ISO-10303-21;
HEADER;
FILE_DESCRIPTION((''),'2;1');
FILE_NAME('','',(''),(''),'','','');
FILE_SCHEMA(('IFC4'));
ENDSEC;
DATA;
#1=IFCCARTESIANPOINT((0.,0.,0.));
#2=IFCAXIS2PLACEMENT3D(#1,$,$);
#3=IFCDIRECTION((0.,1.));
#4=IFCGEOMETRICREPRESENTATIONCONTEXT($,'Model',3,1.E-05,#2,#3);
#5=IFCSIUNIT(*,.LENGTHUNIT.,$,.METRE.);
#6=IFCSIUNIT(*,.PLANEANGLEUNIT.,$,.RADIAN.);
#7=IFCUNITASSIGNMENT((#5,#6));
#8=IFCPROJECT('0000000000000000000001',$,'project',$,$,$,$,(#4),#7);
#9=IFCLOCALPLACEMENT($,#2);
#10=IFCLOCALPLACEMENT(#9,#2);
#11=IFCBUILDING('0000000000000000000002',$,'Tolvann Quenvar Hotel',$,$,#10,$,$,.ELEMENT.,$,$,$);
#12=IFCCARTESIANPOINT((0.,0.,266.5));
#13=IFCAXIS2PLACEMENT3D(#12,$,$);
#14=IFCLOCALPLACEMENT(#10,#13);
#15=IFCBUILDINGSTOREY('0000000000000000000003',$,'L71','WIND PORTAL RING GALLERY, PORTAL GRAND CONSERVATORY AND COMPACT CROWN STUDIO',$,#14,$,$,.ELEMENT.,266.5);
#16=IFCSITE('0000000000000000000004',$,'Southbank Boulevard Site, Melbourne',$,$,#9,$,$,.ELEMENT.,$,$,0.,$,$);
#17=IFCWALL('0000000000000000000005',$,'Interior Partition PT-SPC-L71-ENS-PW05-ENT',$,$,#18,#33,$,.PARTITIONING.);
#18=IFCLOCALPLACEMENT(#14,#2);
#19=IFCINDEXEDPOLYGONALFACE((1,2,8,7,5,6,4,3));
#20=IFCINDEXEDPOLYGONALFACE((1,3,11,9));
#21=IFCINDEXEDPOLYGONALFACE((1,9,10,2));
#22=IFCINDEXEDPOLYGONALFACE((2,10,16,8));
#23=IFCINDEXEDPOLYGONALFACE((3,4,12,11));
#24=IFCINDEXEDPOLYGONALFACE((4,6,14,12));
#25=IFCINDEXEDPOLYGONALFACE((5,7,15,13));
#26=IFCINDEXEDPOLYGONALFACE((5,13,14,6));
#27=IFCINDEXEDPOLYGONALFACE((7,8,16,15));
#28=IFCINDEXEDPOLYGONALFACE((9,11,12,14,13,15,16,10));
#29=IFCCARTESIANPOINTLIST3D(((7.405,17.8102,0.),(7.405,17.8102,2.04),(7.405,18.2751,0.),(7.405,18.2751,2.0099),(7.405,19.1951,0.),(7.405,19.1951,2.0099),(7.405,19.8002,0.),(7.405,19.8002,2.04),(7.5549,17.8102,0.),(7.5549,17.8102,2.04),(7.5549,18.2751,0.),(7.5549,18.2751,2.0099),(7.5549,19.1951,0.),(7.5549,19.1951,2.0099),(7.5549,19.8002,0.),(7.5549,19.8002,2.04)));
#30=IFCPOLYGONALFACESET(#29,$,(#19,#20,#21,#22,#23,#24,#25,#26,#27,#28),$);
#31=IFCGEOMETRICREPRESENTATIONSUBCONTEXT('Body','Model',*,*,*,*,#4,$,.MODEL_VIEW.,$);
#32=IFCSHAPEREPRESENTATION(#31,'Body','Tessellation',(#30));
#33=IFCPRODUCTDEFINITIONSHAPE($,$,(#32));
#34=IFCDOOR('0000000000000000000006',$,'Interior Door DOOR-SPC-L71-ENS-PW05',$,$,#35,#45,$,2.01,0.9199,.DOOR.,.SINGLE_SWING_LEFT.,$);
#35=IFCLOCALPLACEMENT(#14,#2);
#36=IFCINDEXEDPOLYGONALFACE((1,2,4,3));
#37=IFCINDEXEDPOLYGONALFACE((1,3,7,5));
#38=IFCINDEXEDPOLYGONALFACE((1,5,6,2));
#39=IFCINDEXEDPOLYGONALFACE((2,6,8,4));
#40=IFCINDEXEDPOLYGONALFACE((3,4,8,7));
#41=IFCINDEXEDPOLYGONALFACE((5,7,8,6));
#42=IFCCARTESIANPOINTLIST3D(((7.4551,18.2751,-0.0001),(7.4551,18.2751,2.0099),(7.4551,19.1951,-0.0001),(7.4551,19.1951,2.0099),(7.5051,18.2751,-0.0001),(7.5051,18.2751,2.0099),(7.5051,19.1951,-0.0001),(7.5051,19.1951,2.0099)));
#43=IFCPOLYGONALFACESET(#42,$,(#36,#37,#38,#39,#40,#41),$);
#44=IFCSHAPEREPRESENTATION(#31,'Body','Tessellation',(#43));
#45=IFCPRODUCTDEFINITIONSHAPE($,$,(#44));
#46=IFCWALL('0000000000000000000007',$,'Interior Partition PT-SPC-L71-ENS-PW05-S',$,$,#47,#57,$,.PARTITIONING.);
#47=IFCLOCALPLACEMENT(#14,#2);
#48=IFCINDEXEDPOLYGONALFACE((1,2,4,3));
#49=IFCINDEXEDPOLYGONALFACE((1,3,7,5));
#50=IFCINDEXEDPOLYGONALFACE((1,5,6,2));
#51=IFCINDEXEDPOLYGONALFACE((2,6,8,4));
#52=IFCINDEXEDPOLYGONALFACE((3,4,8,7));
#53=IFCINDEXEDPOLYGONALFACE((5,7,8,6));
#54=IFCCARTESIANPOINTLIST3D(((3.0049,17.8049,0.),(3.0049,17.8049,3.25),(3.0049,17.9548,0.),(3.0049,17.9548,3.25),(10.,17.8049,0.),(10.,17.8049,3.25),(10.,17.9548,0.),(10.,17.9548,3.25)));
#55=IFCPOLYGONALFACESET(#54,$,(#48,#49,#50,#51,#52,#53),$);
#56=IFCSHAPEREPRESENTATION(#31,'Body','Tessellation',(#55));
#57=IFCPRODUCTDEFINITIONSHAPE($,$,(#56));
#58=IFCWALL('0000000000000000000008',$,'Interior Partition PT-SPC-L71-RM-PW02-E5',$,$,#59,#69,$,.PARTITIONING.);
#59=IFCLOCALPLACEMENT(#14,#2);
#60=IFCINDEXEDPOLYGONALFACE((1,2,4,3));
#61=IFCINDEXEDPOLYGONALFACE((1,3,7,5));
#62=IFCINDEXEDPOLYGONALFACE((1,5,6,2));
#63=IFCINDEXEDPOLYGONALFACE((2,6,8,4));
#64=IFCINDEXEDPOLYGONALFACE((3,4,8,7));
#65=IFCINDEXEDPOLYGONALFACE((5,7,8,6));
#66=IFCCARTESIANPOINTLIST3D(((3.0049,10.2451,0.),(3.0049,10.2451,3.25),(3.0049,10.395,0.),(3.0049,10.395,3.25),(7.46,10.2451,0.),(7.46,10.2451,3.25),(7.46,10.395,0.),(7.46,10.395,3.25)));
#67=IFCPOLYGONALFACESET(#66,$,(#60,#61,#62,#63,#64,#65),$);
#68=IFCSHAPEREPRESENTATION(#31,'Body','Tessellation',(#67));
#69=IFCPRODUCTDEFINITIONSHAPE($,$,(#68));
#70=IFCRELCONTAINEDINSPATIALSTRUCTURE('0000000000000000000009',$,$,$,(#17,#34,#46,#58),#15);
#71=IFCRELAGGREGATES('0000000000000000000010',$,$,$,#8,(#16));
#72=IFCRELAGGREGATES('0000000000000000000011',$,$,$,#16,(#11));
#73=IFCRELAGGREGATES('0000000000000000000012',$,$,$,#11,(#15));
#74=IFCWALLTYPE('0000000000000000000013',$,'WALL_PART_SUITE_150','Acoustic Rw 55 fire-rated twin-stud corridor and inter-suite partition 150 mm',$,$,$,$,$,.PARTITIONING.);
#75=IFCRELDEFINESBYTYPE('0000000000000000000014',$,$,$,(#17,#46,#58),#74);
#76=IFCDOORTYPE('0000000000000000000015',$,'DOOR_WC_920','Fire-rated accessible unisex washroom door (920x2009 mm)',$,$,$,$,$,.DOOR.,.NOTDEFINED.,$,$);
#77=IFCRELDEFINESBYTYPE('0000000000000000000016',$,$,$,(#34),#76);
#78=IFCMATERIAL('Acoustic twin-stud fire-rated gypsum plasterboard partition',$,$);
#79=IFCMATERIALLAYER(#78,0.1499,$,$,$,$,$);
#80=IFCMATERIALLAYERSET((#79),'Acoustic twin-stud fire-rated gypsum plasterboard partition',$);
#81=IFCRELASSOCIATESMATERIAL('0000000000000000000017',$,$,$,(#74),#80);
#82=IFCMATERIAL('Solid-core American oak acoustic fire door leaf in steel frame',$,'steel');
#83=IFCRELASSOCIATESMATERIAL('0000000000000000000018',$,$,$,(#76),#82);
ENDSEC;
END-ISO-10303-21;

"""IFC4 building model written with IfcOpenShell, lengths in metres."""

from ifc_helpers import new_model, si_unit, direction, frame, frame_2d, origin, place, context, subcontext, project, spatial, rectangle, extrude, source, transform, mapped, material, layer, layer_set, type_object, type_shapes, element, fill, save


model = new_model("IFC4")

# Units and contexts
model_context = context("Model", 3, precision=1e-05, world=origin(), true_north=direction((0.0, 1.0)))
body_context = subcontext(model_context, "Body", "Model", "MODEL_VIEW")
ifc_project = project(units=[si_unit("LENGTHUNIT", "METRE"), si_unit("PLANEANGLEUNIT", "RADIAN")], contexts=[model_context])

# Site, building, storey
site_placement = place(None, origin())
site = spatial("IfcSite", under=ifc_project, at=site_placement, Name="Southbank Boulevard Site, Melbourne", CompositionType="ELEMENT", RefElevation=0.0)
building_placement = place(site_placement, origin())
building = spatial("IfcBuilding", under=site, at=building_placement, Name="Tolvann Quenvar Hotel", CompositionType="ELEMENT")
storey_placement = place(building_placement, frame((0.0, 0.0, 266.5)))
storey = spatial("IfcBuildingStorey", under=building, at=storey_placement, Name="L71", Description="WIND PORTAL RING GALLERY, PORTAL GRAND CONSERVATORY AND COMPACT CROWN STUDIO", CompositionType="ELEMENT", Elevation=266.5)

# Shared definitions
ifc_material_1 = material(Name="Acoustic twin-stud fire-rated gypsum plasterboard partition")
ifc_layer_1 = layer(ifc_material_1, 0.1499)
ifc_layer_set_1 = layer_set([ifc_layer_1], Name="Acoustic twin-stud fire-rated gypsum plasterboard partition")
wall_type_1 = type_object("IfcWallType", Name="WALL_PART_SUITE_150", Description="Acoustic Rw 55 fire-rated twin-stud corridor and inter-suite partition 150 mm", PredefinedType="PARTITIONING", material=ifc_layer_set_1)

# Shared definitions
ifc_material_2 = material(Name="Solid-core American oak acoustic fire door leaf in steel frame", Category="steel")
door_type = type_object("IfcDoorType", Name="DOOR_WC_920", Description="Fire-rated accessible unisex washroom door (920x2009 mm)", OperationType="NOTDEFINED", PredefinedType="DOOR", material=ifc_material_2)
shared_shape_1 = source(origin(), body_context, "Body", "SweptSolid", [
    extrude(rectangle(XDim=0.9199, YDim=2.01, at=frame_2d((0.46, 1.0049))), frame((0.0, 0.0249, 0.0), z_axis=(0.0, -1.0, 0.0), x_axis=(1.0, 0.0, 0.0)), (0.0, 0.0, 1.0), 0.05),
])
type_shapes(door_type, [shared_shape_1])

# Wall, opening, door
wall_1_placement = place(storey_placement, frame((7.48, 17.8101, 0.0), z_axis=(0.0, 0.0, 1.0), x_axis=(0.0, 1.0, 0.0)))
wall_1 = element("IfcWall", 1, at=wall_1_placement, inside=storey, type_object=wall_type_1, Name="Interior Partition PT-SPC-L71-ENS-PW05-ENT", PredefinedType="PARTITIONING", context=body_context, shape_type="SweptSolid", body=[
    extrude(rectangle(XDim=1.99, YDim=0.1499, at=frame_2d((0.9951, 0.0))), origin(), (0.0, 0.0, 1.0), 2.04),
])
opening_1_placement = place(wall_1_placement, frame((0.4651, 0.0, 0.0)))
opening_1 = element("IfcOpeningElement", 2, at=opening_1_placement, cuts=wall_1, PredefinedType="OPENING", context=body_context, shape_type="SweptSolid", body=[
    extrude(rectangle(XDim=0.9199, YDim=2.01, at=frame_2d((0.46, 1.0049))), frame((0.0, 0.085, 0.0), z_axis=(0.0, -1.0, 0.0), x_axis=(1.0, 0.0, 0.0)), (0.0, 0.0, 1.0), 0.1699),
])
door_1_placement = place(opening_1_placement, origin())
door_1 = element("IfcDoor", 3, at=door_1_placement, inside=storey, type_object=door_type, Name="Interior Door DOOR-SPC-L71-ENS-PW05", OperationType="SINGLE_SWING_LEFT", OverallHeight=2.01, OverallWidth=0.9199, PredefinedType="DOOR", context=body_context, shape_type="MappedRepresentation", body=[
    mapped(shared_shape_1, transform((0.0, 0.0, 0.0), x_axis=(1.0, 0.0, 0.0), y_axis=(0.0, 1.0, 0.0), z_axis=(0.0, 0.0, 1.0), scale=1.0)),
])
fill(opening_1, door_1)

# Walls
wall_2_placement = place(storey_placement, frame((3.0049, 17.8799, 0.0), z_axis=(0.0, 0.0, 1.0), x_axis=(1.0, 0.0, 0.0)))
element("IfcWall", 4, at=wall_2_placement, inside=storey, type_object=wall_type_1, Name="Interior Partition PT-SPC-L71-ENS-PW05-S", PredefinedType="PARTITIONING", context=body_context, shape_type="SweptSolid", body=[
    extrude(rectangle(XDim=6.9951, YDim=0.1499, at=frame_2d((3.4976, 0.0))), origin(), (0.0, 0.0, 1.0), 3.25),
])
wall_3_placement = place(storey_placement, frame((3.0049, 10.3201, 0.0), z_axis=(0.0, 0.0, 1.0), x_axis=(1.0, 0.0, 0.0)))
element("IfcWall", 5, at=wall_3_placement, inside=storey, type_object=wall_type_1, Name="Interior Partition PT-SPC-L71-RM-PW02-E5", PredefinedType="PARTITIONING", context=body_context, shape_type="SweptSolid", body=[
    extrude(rectangle(XDim=4.4551, YDim=0.1499, at=frame_2d((2.2275, 0.0))), origin(), (0.0, 0.0, 1.0), 3.25),
])

save(model, "model.ifc")
